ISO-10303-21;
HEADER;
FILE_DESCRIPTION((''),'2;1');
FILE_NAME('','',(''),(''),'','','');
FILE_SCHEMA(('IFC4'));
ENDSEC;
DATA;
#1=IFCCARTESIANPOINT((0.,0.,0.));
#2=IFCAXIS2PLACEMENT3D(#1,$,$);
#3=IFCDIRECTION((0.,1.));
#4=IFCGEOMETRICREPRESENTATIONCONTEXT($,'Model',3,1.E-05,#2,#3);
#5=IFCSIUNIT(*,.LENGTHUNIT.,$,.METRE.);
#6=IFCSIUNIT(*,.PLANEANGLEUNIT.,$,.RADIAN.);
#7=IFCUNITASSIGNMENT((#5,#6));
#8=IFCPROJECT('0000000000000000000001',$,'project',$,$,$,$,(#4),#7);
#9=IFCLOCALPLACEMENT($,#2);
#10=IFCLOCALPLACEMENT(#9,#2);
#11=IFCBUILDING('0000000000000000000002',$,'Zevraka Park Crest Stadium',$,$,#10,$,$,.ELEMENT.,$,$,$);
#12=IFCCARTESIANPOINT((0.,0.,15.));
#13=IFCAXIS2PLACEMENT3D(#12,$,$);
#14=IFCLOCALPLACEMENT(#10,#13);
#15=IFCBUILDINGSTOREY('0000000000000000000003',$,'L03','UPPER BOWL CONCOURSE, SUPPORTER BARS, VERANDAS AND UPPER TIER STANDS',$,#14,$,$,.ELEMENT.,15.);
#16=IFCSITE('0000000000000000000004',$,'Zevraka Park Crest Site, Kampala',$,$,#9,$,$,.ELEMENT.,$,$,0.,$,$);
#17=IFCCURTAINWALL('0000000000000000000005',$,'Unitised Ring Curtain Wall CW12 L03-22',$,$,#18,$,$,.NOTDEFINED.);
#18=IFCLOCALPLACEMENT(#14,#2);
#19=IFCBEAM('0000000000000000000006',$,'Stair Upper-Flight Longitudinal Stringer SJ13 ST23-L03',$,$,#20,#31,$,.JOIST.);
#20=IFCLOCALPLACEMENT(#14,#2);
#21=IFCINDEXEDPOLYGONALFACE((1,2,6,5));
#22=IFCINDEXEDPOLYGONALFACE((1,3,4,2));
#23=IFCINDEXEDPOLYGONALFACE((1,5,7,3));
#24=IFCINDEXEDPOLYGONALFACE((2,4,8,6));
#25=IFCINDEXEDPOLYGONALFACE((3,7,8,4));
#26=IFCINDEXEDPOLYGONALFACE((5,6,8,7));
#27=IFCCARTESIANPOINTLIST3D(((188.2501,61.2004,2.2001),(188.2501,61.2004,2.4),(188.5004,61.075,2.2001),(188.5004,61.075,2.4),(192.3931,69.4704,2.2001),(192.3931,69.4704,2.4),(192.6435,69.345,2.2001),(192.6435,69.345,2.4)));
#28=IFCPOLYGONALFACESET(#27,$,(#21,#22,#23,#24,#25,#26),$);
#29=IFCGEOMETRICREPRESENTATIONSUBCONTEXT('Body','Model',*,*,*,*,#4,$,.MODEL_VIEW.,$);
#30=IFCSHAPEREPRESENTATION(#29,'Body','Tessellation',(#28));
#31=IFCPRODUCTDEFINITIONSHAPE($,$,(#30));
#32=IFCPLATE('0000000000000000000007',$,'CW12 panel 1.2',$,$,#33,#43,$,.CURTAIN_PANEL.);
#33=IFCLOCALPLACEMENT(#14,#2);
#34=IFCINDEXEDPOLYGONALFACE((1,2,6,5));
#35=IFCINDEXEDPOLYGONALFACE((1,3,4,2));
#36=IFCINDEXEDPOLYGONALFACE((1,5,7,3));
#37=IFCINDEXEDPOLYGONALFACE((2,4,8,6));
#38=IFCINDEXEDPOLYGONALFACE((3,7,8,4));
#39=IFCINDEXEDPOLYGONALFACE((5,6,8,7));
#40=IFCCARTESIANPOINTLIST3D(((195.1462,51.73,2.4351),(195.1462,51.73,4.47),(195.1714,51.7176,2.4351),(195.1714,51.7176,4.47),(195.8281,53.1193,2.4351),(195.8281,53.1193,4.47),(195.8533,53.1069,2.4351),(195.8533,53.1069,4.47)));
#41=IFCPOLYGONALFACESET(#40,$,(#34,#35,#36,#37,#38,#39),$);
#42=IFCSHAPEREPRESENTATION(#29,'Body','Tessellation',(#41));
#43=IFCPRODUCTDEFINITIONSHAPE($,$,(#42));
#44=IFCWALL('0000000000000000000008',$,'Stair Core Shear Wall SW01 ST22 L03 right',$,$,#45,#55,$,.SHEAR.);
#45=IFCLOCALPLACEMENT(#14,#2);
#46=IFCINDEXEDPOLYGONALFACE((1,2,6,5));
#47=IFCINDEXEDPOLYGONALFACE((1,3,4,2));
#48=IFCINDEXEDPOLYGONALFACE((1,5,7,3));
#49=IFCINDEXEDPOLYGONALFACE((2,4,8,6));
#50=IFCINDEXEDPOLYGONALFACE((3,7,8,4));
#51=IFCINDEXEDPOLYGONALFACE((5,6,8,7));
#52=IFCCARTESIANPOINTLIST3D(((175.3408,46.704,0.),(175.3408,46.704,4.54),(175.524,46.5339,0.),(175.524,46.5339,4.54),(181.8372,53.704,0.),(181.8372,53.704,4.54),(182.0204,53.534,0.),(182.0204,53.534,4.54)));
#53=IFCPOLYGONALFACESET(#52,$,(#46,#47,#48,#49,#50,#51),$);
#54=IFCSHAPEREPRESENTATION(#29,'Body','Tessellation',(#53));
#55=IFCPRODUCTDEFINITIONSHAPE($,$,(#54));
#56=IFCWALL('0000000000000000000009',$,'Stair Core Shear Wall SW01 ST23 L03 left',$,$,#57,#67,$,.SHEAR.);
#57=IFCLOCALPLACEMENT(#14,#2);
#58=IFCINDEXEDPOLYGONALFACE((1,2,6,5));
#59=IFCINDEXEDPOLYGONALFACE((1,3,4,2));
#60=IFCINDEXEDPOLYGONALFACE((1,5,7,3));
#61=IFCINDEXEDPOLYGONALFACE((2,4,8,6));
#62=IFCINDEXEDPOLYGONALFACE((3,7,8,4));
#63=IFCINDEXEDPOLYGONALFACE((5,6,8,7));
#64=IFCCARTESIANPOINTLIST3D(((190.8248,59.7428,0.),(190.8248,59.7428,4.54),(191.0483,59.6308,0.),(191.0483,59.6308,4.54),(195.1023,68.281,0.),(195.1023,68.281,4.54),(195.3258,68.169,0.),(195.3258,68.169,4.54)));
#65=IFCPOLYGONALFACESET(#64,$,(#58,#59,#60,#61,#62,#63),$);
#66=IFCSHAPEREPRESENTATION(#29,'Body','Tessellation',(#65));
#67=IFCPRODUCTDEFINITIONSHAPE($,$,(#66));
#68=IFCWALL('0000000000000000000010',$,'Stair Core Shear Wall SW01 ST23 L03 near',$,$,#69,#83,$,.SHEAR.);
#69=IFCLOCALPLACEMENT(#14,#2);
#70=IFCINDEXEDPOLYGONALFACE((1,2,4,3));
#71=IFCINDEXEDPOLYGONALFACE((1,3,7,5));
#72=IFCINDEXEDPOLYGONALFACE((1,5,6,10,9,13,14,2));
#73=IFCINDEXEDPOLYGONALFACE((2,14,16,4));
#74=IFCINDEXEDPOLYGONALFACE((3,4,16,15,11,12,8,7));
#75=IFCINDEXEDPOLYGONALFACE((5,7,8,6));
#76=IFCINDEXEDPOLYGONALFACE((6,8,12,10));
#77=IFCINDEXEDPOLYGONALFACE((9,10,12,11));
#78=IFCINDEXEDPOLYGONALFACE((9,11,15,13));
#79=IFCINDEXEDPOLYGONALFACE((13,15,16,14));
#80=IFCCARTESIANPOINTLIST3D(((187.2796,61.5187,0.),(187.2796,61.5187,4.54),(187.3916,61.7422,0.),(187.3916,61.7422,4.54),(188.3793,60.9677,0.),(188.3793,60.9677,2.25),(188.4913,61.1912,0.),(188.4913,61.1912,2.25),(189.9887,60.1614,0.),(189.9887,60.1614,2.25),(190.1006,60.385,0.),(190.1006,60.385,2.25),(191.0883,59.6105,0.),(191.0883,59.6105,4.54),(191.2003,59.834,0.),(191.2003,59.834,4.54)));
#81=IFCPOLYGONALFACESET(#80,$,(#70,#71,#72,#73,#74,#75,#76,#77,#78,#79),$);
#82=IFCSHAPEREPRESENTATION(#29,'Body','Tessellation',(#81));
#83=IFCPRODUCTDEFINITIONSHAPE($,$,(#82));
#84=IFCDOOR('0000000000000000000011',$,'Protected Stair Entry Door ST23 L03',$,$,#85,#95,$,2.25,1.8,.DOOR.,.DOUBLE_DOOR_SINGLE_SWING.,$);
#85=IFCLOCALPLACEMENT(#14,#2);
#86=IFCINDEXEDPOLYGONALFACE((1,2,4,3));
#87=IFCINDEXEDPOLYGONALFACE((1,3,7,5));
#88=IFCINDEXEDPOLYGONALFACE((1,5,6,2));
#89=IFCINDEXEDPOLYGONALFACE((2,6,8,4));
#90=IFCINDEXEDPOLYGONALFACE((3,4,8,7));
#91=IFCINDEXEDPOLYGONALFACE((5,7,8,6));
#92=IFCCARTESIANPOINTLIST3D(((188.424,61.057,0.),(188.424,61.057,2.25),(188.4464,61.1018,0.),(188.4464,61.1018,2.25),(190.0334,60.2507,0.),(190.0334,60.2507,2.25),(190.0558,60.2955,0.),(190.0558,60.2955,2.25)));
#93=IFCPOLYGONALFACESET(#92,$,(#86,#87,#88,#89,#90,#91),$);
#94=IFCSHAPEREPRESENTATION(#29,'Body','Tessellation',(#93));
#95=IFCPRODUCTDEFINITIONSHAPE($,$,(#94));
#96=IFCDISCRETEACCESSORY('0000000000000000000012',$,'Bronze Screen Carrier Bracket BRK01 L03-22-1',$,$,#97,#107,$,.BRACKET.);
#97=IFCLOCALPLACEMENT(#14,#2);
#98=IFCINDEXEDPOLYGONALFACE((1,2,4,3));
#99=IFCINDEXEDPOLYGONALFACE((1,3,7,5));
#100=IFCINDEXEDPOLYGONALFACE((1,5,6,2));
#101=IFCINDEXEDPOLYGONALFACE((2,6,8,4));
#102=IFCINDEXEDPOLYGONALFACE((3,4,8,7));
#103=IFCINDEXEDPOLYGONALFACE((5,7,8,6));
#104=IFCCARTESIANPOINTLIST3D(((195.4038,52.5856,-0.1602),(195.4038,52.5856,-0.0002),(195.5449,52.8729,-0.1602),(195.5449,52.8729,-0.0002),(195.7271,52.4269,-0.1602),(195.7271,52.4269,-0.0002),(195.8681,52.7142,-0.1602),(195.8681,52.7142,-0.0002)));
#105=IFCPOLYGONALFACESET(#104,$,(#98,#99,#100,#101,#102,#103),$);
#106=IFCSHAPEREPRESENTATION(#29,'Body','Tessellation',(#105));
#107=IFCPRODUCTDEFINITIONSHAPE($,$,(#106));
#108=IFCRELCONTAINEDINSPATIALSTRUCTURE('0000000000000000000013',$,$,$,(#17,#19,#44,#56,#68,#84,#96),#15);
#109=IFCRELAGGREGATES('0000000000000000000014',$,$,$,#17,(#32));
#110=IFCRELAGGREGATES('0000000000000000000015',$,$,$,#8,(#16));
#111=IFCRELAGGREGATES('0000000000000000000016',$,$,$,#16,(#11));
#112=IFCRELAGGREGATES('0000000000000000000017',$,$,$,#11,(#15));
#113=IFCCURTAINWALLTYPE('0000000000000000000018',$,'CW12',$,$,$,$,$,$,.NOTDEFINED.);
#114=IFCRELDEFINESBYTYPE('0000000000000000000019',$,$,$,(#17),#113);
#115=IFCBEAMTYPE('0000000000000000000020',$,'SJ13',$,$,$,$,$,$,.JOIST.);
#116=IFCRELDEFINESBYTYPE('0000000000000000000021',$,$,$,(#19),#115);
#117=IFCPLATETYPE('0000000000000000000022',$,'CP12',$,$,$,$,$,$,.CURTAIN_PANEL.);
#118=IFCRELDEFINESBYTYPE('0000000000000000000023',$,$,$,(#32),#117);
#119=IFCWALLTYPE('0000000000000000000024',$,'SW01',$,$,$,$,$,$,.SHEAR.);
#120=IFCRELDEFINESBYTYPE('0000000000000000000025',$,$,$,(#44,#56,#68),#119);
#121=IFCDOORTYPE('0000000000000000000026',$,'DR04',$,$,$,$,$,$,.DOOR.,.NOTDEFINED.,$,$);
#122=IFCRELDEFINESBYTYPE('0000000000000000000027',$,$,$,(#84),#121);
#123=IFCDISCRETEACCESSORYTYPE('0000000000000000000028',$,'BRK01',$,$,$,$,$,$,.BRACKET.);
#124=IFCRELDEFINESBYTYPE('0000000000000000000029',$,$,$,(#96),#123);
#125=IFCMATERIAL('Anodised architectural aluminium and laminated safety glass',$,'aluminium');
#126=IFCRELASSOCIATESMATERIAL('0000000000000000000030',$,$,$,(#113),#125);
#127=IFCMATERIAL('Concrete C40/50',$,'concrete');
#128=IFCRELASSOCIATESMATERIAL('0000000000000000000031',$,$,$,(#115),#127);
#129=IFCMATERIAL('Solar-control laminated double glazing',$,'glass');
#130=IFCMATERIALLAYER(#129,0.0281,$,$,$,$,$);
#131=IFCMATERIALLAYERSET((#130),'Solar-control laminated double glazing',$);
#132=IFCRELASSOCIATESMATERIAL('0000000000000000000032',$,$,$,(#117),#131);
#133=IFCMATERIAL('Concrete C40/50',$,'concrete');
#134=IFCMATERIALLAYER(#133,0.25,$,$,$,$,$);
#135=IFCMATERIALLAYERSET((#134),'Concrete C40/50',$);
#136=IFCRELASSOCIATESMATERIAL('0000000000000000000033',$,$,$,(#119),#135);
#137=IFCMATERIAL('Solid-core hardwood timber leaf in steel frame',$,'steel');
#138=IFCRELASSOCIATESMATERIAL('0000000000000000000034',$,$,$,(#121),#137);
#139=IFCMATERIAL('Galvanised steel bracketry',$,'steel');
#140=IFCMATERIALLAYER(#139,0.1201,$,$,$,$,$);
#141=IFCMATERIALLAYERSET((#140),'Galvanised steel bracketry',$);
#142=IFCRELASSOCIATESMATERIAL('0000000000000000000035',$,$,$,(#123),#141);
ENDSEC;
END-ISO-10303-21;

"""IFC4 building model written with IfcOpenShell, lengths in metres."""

from ifc_helpers import new_model, si_unit, direction, frame, frame_2d, origin, origin_2d, place, context, subcontext, project, spatial, rectangle, extrude, material, layer, layer_set, material_profile, profile_set, type_object, element, fill, aggregate, save


model = new_model("IFC4")

# Units and contexts
model_context = context("Model", 3, precision=1e-05, world=origin(), true_north=direction((0.0, 1.0)))
body_context = subcontext(model_context, "Body", "Model", "MODEL_VIEW")
ifc_project = project(units=[si_unit("LENGTHUNIT", "METRE"), si_unit("PLANEANGLEUNIT", "RADIAN")], contexts=[model_context])

# Site, building, storey
site_placement = place(None, origin())
site = spatial("IfcSite", under=ifc_project, at=site_placement, Name="Zevraka Park Crest Site, Kampala", CompositionType="ELEMENT", RefElevation=0.0)
building_placement = place(site_placement, origin())
building = spatial("IfcBuilding", under=site, at=building_placement, Name="Zevraka Park Crest Stadium", CompositionType="ELEMENT")
storey_placement = place(building_placement, frame((0.0, 0.0, 15.0)))
storey = spatial("IfcBuildingStorey", under=building, at=storey_placement, Name="L03", Description="UPPER BOWL CONCOURSE, SUPPORTER BARS, VERANDAS AND UPPER TIER STANDS", CompositionType="ELEMENT", Elevation=15.0)

# Curtain wall
ifc_material_1 = material(Name="Anodised architectural aluminium and laminated safety glass", Category="aluminium")
curtain_wall_type = type_object("IfcCurtainWallType", Name="CW12", PredefinedType="NOTDEFINED", material=ifc_material_1)
curtain_wall_placement = place(storey_placement, origin())
curtain_wall = element("IfcCurtainWall", 1, at=curtain_wall_placement, inside=storey, type_object=curtain_wall_type, Name="Unitised Ring Curtain Wall CW12 L03-22", PredefinedType="NOTDEFINED")

# Beam
ifc_material_2 = material(Name="Concrete C40/50", Category="concrete")
ifc_material_profile_1 = material_profile(ifc_material_2, rectangle(XDim=0.28, YDim=0.2, at=origin_2d()), Name="RC 200x280")
ifc_profile_set_1 = profile_set([ifc_material_profile_1], Name="Concrete C40/50")
beam_type_1 = type_object("IfcBeamType", Name="SJ13", PredefinedType="JOIST", material=ifc_profile_set_1)
beam_1_placement = place(storey_placement, frame((188.3752, 61.1377, 2.3), z_axis=(0.44791, 0.894079, 0.0), x_axis=(-0.894079, 0.44791, 0.0)))
element("IfcBeam", 2, at=beam_1_placement, inside=storey, type_object=beam_type_1, Name="Stair Upper-Flight Longitudinal Stringer SJ13 ST23-L03", PredefinedType="JOIST", context=body_context, shape_type="SweptSolid", body=[
    extrude(rectangle(XDim=0.28, YDim=0.2, at=origin_2d()), origin(), (0.0, 0.0, 1.0), 9.2498),
])

# Plate
ifc_material_3 = material(Name="Solar-control laminated double glazing", Category="glass")
ifc_layer_1 = layer(ifc_material_3, 0.0281)
ifc_layer_set_1 = layer_set([ifc_layer_1], Name="Solar-control laminated double glazing")
plate_type = type_object("IfcPlateType", Name="CP12", PredefinedType="CURTAIN_PANEL", material=ifc_layer_set_1)
plate_placement = place(storey_placement, frame((195.4998, 52.4185, 2.4351), z_axis=(0.0, 0.0, 1.0), x_axis=(0.440666, 0.897671, 0.0)))
plate = element("IfcPlate", 3, at=plate_placement, type_object=plate_type, Name="CW12 panel 1.2", PredefinedType="CURTAIN_PANEL", context=body_context, shape_type="SweptSolid", body=[
    extrude(rectangle(XDim=1.5476, YDim=0.0281, at=origin_2d()), origin(), (0.0, 0.0, 1.0), 2.0349),
])
aggregate(curtain_wall, [plate])

# Walls
ifc_material_4 = material(Name="Concrete C40/50", Category="concrete")
ifc_layer_2 = layer(ifc_material_4, 0.25)
ifc_layer_set_2 = layer_set([ifc_layer_2], Name="Concrete C40/50")
wall_type = type_object("IfcWallType", Name="SW01", PredefinedType="SHEAR", material=ifc_layer_set_2)
wall_1_placement = place(storey_placement, frame((181.9287, 53.6189, 0.0), z_axis=(0.0, 0.0, 1.0), x_axis=(-0.680245, -0.732985, 0.0)))
element("IfcWall", 4, at=wall_1_placement, inside=storey, type_object=wall_type, Name="Stair Core Shear Wall SW01 ST22 L03 right", PredefinedType="SHEAR", context=body_context, shape_type="SweptSolid", body=[
    extrude(rectangle(XDim=9.55, YDim=0.25, at=frame_2d((4.7749, 0.0))), origin(), (0.0, 0.0, 1.0), 4.54),
])
wall_2_placement = place(storey_placement, frame((190.9365, 59.6868, 0.0), z_axis=(0.0, 0.0, 1.0), x_axis=(0.447919, 0.894074, 0.0)))
element("IfcWall", 5, at=wall_2_placement, inside=storey, type_object=wall_type, Name="Stair Core Shear Wall SW01 ST23 L03 left", PredefinedType="SHEAR", context=body_context, shape_type="SweptSolid", body=[
    extrude(rectangle(XDim=9.5498, YDim=0.25, at=frame_2d((4.7749, 0.0))), origin(), (0.0, 0.0, 1.0), 4.54),
])

# Wall, opening, door
wall_3_placement = place(storey_placement, frame((187.3357, 61.6304, 0.0), z_axis=(0.0, 0.0, 1.0), x_axis=(0.894072, -0.447924, 0.0)))
wall_3 = element("IfcWall", 6, at=wall_3_placement, inside=storey, type_object=wall_type, Name="Stair Core Shear Wall SW01 ST23 L03 near", PredefinedType="SHEAR", context=body_context, shape_type="SweptSolid", body=[
    extrude(rectangle(XDim=4.26, YDim=0.25, at=frame_2d((2.1299, 0.0))), origin(), (0.0, 0.0, 1.0), 4.54),
])
opening_placement = place(wall_3_placement, frame((1.23, 0.0, 0.0)))
opening = element("IfcOpeningElement", 7, at=opening_placement, cuts=wall_3, PredefinedType="OPENING", context=body_context, shape_type="SweptSolid", body=[
    extrude(rectangle(XDim=1.8, YDim=2.25, at=frame_2d((0.8999, 1.125))), frame((0.0, 0.135, 0.0), z_axis=(0.0, -1.0, 0.0), x_axis=(1.0, 0.0, 0.0)), (0.0, 0.0, 1.0), 0.27),
])
ifc_material_5 = material(Name="Solid-core hardwood timber leaf in steel frame", Category="steel")
door_type = type_object("IfcDoorType", Name="DR04", OperationType="NOTDEFINED", PredefinedType="DOOR", material=ifc_material_5)
door_placement = place(opening_placement, origin())
door = element("IfcDoor", 8, at=door_placement, inside=storey, type_object=door_type, Name="Protected Stair Entry Door ST23 L03", OperationType="DOUBLE_DOOR_SINGLE_SWING", OverallHeight=2.25, OverallWidth=1.8, PredefinedType="DOOR", context=body_context, shape_type="SweptSolid", body=[
    extrude(rectangle(XDim=1.8, YDim=2.25, at=frame_2d((0.8999, 1.125))), frame((0.0, 0.0249, 0.0), z_axis=(0.0, -1.0, 0.0), x_axis=(1.0, 0.0, 0.0)), (0.0, 0.0, 1.0), 0.05),
])
fill(opening, door)

# Discrete accessory
ifc_material_6 = material(Name="Galvanised steel bracketry", Category="steel")
ifc_layer_3 = layer(ifc_material_6, 0.1201)
ifc_layer_set_3 = layer_set([ifc_layer_3], Name="Galvanised steel bracketry")
discrete_accessory_type = type_object("IfcDiscreteAccessoryType", Name="BRK01", PredefinedType="BRACKET", material=ifc_layer_set_3)
discrete_accessory_placement = place(storey_placement, frame((195.636, 52.6499, -0.1602), z_axis=(0.0, 0.0, 1.0), x_axis=(0.440723, 0.897643, 0.0)))
element("IfcDiscreteAccessory", 9, at=discrete_accessory_placement, inside=storey, type_object=discrete_accessory_type, Name="Bronze Screen Carrier Bracket BRK01 L03-22-1", PredefinedType="BRACKET", context=body_context, shape_type="SweptSolid", body=[
    extrude(rectangle(XDim=0.3201, YDim=0.3601, at=origin_2d()), origin(), (0.0, 0.0, 1.0), 0.1599),
])

save(model, "model.ifc")
